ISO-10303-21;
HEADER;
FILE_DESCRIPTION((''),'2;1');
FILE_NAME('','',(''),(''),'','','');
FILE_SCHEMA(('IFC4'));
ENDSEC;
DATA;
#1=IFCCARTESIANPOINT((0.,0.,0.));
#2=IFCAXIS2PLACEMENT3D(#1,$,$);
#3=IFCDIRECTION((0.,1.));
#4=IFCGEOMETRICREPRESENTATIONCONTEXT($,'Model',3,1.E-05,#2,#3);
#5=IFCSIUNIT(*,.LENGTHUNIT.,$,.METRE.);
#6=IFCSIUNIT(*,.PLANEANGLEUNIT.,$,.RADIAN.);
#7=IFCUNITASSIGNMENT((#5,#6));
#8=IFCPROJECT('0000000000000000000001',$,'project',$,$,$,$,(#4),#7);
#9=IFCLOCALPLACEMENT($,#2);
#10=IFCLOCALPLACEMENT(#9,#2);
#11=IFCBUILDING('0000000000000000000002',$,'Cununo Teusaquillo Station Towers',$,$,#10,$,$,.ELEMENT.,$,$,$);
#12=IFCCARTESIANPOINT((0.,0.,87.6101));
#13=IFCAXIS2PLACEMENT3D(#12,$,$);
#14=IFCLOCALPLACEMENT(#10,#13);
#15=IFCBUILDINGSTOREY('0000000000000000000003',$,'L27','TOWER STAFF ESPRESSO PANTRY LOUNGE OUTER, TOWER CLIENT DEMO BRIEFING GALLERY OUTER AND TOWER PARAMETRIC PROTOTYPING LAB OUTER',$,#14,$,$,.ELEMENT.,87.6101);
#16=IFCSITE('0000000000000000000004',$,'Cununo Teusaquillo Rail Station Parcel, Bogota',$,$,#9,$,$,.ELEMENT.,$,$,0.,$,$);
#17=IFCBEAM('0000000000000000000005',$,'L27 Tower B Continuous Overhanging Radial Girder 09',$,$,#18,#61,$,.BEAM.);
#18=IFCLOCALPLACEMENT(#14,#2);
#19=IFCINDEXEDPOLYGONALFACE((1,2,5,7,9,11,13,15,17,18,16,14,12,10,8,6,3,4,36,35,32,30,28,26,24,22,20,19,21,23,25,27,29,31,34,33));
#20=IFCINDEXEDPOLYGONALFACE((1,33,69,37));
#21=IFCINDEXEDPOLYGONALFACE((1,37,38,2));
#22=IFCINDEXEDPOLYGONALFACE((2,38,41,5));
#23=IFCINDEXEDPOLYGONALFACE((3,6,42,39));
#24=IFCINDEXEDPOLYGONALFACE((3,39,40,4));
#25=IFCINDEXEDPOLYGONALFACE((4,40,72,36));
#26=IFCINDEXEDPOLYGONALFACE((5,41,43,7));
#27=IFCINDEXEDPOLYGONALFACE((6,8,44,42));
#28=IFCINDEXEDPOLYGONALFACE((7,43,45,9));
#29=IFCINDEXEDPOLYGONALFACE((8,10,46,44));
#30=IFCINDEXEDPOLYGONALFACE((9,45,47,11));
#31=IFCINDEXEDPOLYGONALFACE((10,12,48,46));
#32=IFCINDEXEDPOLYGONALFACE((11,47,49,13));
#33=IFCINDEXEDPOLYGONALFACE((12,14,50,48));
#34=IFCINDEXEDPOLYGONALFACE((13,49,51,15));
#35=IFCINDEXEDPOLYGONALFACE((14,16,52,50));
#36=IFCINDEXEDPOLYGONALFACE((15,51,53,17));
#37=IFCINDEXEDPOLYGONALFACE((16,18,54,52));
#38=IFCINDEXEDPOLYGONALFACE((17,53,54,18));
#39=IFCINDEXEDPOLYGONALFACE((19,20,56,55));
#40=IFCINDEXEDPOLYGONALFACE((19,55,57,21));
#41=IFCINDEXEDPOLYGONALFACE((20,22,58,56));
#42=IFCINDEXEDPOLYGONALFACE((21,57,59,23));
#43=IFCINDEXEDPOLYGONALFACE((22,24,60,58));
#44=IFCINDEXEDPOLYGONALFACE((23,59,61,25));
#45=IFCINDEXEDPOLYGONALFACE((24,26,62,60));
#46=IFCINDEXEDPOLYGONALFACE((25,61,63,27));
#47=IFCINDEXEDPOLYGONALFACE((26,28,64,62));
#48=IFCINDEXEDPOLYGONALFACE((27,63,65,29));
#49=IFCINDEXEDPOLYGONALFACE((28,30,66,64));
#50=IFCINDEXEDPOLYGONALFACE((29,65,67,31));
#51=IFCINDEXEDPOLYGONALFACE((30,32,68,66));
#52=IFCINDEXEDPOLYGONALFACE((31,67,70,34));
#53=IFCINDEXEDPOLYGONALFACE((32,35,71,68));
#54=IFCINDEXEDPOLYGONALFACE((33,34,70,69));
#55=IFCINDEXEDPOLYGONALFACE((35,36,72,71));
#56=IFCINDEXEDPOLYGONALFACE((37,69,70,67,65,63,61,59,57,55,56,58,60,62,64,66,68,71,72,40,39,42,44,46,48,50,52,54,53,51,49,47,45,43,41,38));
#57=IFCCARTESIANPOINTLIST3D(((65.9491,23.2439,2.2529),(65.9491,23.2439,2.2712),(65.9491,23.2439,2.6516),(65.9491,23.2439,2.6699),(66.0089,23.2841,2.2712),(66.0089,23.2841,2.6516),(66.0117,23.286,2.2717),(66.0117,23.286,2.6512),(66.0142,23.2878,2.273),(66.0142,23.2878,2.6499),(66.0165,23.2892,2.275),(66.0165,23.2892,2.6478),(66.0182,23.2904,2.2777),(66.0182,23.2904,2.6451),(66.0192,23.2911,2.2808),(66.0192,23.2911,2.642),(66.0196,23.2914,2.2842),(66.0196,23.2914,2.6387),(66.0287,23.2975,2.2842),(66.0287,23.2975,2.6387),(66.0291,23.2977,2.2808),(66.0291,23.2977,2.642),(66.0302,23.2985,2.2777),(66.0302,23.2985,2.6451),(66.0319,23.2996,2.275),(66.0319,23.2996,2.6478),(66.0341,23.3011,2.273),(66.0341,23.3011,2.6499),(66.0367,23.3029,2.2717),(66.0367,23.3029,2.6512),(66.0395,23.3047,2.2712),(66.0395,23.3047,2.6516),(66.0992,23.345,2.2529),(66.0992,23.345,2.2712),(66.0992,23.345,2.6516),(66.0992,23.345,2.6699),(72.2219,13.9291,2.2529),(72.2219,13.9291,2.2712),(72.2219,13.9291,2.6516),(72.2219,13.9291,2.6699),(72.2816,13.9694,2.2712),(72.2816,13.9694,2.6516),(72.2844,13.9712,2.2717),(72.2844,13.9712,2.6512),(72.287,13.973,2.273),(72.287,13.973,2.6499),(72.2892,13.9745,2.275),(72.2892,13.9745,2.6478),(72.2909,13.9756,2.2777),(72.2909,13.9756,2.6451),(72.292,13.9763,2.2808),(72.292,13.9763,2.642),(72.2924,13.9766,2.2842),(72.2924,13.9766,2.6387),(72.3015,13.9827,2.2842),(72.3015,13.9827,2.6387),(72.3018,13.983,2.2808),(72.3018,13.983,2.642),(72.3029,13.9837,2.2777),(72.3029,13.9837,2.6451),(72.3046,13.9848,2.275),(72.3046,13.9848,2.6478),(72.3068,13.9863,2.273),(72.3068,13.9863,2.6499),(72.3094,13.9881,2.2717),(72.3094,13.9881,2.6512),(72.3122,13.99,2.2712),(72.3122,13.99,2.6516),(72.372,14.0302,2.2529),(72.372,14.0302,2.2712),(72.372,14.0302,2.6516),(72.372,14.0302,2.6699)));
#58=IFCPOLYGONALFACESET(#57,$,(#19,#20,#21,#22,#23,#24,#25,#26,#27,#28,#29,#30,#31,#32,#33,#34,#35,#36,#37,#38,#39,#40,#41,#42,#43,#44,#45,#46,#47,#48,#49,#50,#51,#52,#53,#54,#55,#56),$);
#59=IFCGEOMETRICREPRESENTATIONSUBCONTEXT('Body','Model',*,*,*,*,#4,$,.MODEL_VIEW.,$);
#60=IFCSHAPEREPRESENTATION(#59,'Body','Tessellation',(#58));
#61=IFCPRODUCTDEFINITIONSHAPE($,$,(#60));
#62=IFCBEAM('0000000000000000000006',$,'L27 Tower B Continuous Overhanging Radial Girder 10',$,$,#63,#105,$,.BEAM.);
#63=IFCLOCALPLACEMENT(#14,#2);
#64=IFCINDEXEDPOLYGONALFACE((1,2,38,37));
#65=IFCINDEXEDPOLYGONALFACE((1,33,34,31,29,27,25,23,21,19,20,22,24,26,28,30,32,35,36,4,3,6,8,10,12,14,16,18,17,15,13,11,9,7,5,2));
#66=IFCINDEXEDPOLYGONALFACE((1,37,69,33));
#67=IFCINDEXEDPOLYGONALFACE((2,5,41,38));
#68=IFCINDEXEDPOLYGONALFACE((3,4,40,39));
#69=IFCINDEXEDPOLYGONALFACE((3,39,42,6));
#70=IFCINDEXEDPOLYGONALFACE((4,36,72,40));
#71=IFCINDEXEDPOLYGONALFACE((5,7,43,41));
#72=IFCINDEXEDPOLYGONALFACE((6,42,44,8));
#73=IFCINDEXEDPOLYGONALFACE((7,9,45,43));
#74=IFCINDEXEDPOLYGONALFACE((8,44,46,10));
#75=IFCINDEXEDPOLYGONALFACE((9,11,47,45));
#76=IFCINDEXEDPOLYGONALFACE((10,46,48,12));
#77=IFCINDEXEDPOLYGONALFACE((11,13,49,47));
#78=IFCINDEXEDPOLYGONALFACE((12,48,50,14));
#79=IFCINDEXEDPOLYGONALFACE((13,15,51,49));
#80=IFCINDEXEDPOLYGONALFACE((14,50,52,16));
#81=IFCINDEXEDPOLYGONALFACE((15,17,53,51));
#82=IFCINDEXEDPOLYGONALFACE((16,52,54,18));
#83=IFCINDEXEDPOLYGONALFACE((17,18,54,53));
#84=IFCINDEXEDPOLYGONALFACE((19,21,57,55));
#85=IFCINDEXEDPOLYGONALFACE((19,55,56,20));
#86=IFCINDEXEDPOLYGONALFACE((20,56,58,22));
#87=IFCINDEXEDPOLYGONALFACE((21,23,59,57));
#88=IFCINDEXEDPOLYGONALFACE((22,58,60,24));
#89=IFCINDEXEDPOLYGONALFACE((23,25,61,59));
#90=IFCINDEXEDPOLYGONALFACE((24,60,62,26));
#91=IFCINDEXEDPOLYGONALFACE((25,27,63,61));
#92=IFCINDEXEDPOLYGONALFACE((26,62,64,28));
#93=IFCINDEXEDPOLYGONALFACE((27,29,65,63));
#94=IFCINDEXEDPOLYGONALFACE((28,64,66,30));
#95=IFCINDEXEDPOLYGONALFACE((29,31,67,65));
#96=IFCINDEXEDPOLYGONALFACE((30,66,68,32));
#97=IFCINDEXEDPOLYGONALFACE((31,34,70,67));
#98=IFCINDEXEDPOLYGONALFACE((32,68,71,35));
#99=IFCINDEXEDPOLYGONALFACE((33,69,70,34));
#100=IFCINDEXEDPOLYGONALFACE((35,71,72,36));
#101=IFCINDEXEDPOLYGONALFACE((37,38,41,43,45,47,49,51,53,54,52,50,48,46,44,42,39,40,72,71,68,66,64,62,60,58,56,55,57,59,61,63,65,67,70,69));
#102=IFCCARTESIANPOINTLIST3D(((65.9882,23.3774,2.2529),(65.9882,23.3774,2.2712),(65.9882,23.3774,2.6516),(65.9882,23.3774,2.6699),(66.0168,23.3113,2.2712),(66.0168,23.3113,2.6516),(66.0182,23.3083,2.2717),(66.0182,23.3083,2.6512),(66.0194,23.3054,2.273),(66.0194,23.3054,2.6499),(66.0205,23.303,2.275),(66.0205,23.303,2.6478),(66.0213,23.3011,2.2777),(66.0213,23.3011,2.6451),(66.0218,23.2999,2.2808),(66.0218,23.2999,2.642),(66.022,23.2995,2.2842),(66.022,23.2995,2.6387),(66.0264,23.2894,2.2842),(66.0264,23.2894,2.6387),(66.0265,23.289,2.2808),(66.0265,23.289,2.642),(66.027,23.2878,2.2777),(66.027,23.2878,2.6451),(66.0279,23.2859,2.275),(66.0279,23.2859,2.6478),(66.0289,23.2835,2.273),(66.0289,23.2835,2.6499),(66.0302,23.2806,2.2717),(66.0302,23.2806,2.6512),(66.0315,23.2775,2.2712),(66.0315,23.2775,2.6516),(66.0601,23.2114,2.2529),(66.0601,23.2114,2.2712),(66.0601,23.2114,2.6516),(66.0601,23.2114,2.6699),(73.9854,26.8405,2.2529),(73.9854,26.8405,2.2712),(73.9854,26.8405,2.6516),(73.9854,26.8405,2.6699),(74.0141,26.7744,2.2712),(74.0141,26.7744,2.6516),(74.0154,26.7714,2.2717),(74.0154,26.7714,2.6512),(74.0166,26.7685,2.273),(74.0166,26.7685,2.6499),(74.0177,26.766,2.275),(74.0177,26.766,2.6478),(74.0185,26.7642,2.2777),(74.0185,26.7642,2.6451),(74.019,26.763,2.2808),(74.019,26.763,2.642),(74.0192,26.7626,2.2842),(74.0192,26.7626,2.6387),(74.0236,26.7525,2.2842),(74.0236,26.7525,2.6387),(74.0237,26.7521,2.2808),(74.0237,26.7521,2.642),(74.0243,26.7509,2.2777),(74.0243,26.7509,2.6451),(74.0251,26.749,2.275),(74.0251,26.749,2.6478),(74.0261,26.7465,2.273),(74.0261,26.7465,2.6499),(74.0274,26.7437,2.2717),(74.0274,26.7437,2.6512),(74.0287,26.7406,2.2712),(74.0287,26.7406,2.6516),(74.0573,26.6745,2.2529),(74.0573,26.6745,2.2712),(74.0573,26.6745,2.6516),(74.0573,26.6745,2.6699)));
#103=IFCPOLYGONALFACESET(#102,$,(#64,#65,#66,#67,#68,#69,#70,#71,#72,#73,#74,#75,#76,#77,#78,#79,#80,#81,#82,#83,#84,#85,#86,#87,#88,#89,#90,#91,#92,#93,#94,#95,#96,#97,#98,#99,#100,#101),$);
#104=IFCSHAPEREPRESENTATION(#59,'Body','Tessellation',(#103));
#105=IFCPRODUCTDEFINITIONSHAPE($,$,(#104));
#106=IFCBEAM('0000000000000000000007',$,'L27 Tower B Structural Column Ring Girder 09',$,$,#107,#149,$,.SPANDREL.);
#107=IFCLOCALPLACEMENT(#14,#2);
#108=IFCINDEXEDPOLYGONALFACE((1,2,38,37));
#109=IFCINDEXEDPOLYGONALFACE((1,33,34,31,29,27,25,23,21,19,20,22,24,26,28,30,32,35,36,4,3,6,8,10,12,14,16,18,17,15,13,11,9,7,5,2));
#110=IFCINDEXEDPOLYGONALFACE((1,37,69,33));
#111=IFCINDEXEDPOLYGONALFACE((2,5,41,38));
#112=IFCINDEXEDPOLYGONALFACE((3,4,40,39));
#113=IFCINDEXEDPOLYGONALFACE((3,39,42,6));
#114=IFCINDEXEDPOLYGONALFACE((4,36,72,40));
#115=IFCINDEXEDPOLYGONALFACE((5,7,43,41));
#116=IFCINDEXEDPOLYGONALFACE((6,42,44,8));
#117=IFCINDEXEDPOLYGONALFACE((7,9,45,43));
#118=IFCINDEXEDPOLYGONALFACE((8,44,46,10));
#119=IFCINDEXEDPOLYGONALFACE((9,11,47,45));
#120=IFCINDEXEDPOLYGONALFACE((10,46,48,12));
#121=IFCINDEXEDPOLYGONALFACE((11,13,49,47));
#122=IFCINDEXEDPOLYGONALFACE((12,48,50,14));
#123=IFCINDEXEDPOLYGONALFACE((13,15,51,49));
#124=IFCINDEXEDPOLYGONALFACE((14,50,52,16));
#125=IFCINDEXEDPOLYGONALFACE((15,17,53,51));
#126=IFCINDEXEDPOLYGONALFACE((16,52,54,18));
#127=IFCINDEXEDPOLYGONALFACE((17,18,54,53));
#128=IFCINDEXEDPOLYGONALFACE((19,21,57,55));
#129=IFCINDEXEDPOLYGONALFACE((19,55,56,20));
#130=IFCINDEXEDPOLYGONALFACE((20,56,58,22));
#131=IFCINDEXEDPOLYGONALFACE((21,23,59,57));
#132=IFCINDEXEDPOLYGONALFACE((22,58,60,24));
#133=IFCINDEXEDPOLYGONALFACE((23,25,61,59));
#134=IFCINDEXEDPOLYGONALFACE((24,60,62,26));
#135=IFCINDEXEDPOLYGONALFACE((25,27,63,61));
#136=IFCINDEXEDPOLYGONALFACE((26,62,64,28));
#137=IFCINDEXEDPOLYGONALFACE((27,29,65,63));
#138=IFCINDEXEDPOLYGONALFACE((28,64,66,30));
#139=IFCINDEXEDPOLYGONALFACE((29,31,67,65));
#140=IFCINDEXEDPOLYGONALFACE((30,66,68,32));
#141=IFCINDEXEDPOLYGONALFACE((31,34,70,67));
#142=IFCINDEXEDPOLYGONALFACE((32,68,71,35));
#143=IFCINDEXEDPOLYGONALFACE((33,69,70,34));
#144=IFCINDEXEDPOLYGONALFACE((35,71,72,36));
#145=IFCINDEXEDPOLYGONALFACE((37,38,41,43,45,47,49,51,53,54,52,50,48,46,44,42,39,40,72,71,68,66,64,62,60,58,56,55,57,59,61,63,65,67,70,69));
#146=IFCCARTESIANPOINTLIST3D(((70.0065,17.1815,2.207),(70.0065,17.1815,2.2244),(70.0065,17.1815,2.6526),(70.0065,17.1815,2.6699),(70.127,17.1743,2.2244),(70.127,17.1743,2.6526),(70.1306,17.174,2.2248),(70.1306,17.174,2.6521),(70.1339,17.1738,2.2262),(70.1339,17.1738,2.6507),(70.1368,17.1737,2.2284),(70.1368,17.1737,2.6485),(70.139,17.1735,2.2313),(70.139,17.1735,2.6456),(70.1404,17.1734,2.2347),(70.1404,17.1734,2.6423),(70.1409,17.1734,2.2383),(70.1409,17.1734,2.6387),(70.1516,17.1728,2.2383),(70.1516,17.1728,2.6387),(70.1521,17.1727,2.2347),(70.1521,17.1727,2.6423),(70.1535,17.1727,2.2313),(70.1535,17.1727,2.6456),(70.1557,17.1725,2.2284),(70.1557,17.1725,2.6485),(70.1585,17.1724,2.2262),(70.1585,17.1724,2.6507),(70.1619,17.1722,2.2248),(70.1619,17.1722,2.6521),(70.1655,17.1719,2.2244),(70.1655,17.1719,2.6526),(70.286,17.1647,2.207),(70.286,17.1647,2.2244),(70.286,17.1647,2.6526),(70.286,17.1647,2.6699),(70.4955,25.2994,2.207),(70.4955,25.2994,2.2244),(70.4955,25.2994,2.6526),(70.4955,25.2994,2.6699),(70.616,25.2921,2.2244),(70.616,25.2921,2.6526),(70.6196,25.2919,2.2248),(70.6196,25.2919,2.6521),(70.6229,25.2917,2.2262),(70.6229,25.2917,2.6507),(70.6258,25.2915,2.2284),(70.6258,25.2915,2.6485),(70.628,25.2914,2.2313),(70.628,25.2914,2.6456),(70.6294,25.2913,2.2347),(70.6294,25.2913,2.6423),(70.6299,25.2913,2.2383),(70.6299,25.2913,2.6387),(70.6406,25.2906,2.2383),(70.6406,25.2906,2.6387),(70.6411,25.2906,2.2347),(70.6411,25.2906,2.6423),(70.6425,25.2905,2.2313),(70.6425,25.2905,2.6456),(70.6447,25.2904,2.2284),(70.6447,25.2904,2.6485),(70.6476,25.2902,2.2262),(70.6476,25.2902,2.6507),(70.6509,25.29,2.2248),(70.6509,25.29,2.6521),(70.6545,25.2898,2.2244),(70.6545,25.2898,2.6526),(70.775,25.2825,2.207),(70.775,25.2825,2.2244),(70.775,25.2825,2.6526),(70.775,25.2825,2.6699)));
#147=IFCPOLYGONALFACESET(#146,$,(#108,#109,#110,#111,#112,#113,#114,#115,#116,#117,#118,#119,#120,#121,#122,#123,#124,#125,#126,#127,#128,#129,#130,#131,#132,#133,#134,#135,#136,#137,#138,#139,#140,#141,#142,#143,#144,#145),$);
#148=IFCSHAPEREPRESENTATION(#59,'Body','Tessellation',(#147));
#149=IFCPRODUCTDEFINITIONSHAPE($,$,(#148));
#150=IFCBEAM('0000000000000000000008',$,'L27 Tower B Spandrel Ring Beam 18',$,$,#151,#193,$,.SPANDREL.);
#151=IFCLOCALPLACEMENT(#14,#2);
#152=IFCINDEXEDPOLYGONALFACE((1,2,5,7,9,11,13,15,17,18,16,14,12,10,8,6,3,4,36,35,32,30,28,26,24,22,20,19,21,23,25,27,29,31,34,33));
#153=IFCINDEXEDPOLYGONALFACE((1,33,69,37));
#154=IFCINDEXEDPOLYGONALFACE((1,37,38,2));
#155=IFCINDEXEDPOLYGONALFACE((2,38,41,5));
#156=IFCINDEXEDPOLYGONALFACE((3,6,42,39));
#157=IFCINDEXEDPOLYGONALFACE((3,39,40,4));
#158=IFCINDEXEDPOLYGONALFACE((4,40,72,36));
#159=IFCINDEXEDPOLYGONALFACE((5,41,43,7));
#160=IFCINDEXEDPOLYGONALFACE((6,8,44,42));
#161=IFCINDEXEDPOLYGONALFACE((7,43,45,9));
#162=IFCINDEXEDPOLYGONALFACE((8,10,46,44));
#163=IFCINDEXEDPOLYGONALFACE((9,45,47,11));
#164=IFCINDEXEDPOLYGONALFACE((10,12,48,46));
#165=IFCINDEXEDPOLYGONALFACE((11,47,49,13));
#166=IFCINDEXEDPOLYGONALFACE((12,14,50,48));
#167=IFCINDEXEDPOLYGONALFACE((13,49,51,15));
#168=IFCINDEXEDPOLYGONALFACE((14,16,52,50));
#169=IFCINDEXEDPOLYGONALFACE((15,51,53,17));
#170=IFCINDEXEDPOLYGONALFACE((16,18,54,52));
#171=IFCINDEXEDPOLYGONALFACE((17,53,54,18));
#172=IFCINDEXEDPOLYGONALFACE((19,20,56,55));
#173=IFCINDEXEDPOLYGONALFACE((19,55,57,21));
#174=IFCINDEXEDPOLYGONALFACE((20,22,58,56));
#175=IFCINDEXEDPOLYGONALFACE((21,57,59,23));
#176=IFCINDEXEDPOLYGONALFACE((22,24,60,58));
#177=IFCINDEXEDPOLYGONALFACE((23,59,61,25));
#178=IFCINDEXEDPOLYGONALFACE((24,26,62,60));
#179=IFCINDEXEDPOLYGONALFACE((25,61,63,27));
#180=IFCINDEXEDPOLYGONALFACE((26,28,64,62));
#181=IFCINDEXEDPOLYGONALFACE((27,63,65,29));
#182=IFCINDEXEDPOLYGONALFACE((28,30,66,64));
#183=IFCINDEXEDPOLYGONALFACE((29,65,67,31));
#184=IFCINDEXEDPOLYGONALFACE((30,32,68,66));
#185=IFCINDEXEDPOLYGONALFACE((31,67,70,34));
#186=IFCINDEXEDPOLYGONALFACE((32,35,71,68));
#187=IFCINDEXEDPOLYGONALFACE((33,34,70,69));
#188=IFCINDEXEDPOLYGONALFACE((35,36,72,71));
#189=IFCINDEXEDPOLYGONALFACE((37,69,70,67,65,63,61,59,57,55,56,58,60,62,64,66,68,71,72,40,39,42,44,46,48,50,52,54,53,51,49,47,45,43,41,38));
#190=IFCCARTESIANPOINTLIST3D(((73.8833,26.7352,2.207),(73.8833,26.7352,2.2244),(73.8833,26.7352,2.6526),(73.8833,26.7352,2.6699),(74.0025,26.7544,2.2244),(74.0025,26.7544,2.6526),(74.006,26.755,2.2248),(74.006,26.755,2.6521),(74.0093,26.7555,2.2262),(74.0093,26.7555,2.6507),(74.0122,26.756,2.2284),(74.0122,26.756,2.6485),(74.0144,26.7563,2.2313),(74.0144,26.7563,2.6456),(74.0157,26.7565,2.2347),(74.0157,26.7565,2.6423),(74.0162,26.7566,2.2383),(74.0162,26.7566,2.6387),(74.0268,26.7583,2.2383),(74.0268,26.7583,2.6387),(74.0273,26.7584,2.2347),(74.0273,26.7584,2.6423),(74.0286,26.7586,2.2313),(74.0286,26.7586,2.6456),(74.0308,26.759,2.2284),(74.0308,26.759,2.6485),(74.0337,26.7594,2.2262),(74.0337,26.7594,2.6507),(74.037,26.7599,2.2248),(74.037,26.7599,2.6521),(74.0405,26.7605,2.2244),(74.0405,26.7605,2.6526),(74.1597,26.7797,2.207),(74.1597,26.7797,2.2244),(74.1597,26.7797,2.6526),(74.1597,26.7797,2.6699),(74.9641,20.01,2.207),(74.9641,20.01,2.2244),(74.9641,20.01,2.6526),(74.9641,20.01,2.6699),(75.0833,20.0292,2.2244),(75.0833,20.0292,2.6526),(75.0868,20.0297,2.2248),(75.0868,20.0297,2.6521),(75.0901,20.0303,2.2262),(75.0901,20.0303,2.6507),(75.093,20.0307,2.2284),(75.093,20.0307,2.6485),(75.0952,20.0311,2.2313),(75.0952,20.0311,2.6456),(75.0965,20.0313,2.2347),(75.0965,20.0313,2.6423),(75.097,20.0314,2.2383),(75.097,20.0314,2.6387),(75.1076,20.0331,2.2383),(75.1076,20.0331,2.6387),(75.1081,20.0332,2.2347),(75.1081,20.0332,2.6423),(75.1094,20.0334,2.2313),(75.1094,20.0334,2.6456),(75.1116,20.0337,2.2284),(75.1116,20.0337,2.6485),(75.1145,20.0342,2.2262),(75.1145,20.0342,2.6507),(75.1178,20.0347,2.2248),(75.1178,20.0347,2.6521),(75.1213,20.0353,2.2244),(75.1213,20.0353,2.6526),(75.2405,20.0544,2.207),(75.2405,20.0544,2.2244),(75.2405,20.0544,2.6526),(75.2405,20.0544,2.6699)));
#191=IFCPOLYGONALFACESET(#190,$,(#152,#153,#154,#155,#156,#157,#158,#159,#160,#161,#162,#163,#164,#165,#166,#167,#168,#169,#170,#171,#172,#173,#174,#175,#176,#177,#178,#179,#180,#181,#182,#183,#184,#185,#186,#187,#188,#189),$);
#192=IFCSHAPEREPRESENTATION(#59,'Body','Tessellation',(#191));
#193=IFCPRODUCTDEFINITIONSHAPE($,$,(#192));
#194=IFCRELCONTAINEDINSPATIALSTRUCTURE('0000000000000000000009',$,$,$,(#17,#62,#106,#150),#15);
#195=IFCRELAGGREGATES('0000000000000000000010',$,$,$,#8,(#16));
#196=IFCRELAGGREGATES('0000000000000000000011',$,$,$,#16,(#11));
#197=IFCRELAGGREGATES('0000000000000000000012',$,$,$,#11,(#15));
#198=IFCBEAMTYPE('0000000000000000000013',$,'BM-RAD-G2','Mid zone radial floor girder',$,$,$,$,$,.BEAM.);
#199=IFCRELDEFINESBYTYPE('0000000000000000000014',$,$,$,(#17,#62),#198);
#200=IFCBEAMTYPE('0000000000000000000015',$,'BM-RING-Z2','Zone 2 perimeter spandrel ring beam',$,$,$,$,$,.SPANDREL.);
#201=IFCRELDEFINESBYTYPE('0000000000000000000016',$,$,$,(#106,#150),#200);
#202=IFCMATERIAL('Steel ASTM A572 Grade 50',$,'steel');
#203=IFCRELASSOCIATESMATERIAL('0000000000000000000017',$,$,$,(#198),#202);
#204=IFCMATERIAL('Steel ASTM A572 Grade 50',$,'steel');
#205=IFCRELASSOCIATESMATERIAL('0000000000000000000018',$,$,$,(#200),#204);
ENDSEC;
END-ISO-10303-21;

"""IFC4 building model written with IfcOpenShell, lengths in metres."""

from ifc_helpers import new_model, si_unit, direction, frame, origin, origin_2d, place, context, subcontext, project, spatial, i_section, extrude, material, material_profile, profile_set, type_object, element, save


model = new_model("IFC4")

# Units and contexts
model_context = context("Model", 3, precision=1e-05, world=origin(), true_north=direction((0.0, 1.0)))
body_context = subcontext(model_context, "Body", "Model", "MODEL_VIEW")
ifc_project = project(units=[si_unit("LENGTHUNIT", "METRE"), si_unit("PLANEANGLEUNIT", "RADIAN")], contexts=[model_context])

# Site, building, storey
site_placement = place(None, origin())
site = spatial("IfcSite", under=ifc_project, at=site_placement, Name="Cununo Teusaquillo Rail Station Parcel, Bogota", CompositionType="ELEMENT", RefElevation=0.0)
building_placement = place(site_placement, origin())
building = spatial("IfcBuilding", under=site, at=building_placement, Name="Cununo Teusaquillo Station Towers", CompositionType="ELEMENT")
storey_placement = place(building_placement, frame((0.0, 0.0, 87.6101)))
storey = spatial("IfcBuildingStorey", under=building, at=storey_placement, Name="L27", Description="TOWER STAFF ESPRESSO PANTRY LOUNGE OUTER, TOWER CLIENT DEMO BRIEFING GALLERY OUTER AND TOWER PARAMETRIC PROTOTYPING LAB OUTER", CompositionType="ELEMENT", Elevation=87.6101)

# Beams
ifc_material_1 = material(Name="Steel ASTM A572 Grade 50", Category="steel")
ifc_material_profile_1 = material_profile(ifc_material_1, i_section(OverallWidth=0.1809, OverallDepth=0.417, WebThickness=0.011, FlangeThickness=0.0183, FilletRadius=0.0129, at=origin_2d()), Name="W16X57")
ifc_profile_set_1 = profile_set([ifc_material_profile_1], Name="Steel ASTM A572 Grade 50")
beam_type_1 = type_object("IfcBeamType", Name="BM-RAD-G2", Description="Mid zone radial floor girder", PredefinedType="BEAM", material=ifc_profile_set_1)
beam_1_placement = place(storey_placement, frame((66.0242, 23.2944, 2.4614), z_axis=(0.558572, -0.829456, 0.0), x_axis=(0.829456, 0.558572, 0.0)))
element("IfcBeam", 1, at=beam_1_placement, inside=storey, type_object=beam_type_1, Name="L27 Tower B Continuous Overhanging Radial Girder 09", PredefinedType="BEAM", context=body_context, shape_type="SweptSolid", body=[
    extrude(i_section(OverallWidth=0.1809, OverallDepth=0.417, WebThickness=0.011, FlangeThickness=0.0183, FilletRadius=0.0129, at=origin_2d()), origin(), (0.0, 0.0, 1.0), 11.23),
])
beam_2_placement = place(storey_placement, frame((66.0242, 23.2944, 2.4614), z_axis=(0.917655, 0.397379, 0.0), x_axis=(-0.397379, 0.917655, 0.0)))
element("IfcBeam", 2, at=beam_2_placement, inside=storey, type_object=beam_type_1, Name="L27 Tower B Continuous Overhanging Radial Girder 10", PredefinedType="BEAM", context=body_context, shape_type="SweptSolid", body=[
    extrude(i_section(OverallWidth=0.1809, OverallDepth=0.417, WebThickness=0.011, FlangeThickness=0.0183, FilletRadius=0.0129, at=origin_2d()), origin(), (0.0, 0.0, 1.0), 8.7148),
])
ifc_material_2 = material(Name="Steel ASTM A572 Grade 50", Category="steel")
ifc_material_profile_2 = material_profile(ifc_material_2, i_section(OverallWidth=0.28, OverallDepth=0.4629, WebThickness=0.0107, FlangeThickness=0.0173, FilletRadius=0.0139, at=origin_2d()), Name="W18X76")
ifc_profile_set_2 = profile_set([ifc_material_profile_2], Name="Steel ASTM A572 Grade 50")
beam_type_2 = type_object("IfcBeamType", Name="BM-RING-Z2", Description="Zone 2 perimeter spandrel ring beam", PredefinedType="SPANDREL", material=ifc_profile_set_2)
beam_3_placement = place(storey_placement, frame((70.1462, 17.1731, 2.4385), z_axis=(0.06013, 0.998191, 0.0), x_axis=(-0.998191, 0.06013, 0.0)))
element("IfcBeam", 3, at=beam_3_placement, inside=storey, type_object=beam_type_2, Name="L27 Tower B Structural Column Ring Girder 09", PredefinedType="SPANDREL", context=body_context, shape_type="SweptSolid", body=[
    extrude(i_section(OverallWidth=0.28, OverallDepth=0.4629, WebThickness=0.0107, FlangeThickness=0.0173, FilletRadius=0.0139, at=origin_2d()), origin(), (0.0, 0.0, 1.0), 8.1326),
])
beam_4_placement = place(storey_placement, frame((75.1023, 20.0322, 2.4385), z_axis=(-0.158671, 0.987331, 0.0), x_axis=(-0.987331, -0.158671, 0.0)))
element("IfcBeam", 4, at=beam_4_placement, inside=storey, type_object=beam_type_2, Name="L27 Tower B Spandrel Ring Beam 18", PredefinedType="SPANDREL", context=body_context, shape_type="SweptSolid", body=[
    extrude(i_section(OverallWidth=0.28, OverallDepth=0.4629, WebThickness=0.0107, FlangeThickness=0.0173, FilletRadius=0.0139, at=origin_2d()), origin(), (0.0, 0.0, 1.0), 6.8115),
])

save(model, "model.ifc")
